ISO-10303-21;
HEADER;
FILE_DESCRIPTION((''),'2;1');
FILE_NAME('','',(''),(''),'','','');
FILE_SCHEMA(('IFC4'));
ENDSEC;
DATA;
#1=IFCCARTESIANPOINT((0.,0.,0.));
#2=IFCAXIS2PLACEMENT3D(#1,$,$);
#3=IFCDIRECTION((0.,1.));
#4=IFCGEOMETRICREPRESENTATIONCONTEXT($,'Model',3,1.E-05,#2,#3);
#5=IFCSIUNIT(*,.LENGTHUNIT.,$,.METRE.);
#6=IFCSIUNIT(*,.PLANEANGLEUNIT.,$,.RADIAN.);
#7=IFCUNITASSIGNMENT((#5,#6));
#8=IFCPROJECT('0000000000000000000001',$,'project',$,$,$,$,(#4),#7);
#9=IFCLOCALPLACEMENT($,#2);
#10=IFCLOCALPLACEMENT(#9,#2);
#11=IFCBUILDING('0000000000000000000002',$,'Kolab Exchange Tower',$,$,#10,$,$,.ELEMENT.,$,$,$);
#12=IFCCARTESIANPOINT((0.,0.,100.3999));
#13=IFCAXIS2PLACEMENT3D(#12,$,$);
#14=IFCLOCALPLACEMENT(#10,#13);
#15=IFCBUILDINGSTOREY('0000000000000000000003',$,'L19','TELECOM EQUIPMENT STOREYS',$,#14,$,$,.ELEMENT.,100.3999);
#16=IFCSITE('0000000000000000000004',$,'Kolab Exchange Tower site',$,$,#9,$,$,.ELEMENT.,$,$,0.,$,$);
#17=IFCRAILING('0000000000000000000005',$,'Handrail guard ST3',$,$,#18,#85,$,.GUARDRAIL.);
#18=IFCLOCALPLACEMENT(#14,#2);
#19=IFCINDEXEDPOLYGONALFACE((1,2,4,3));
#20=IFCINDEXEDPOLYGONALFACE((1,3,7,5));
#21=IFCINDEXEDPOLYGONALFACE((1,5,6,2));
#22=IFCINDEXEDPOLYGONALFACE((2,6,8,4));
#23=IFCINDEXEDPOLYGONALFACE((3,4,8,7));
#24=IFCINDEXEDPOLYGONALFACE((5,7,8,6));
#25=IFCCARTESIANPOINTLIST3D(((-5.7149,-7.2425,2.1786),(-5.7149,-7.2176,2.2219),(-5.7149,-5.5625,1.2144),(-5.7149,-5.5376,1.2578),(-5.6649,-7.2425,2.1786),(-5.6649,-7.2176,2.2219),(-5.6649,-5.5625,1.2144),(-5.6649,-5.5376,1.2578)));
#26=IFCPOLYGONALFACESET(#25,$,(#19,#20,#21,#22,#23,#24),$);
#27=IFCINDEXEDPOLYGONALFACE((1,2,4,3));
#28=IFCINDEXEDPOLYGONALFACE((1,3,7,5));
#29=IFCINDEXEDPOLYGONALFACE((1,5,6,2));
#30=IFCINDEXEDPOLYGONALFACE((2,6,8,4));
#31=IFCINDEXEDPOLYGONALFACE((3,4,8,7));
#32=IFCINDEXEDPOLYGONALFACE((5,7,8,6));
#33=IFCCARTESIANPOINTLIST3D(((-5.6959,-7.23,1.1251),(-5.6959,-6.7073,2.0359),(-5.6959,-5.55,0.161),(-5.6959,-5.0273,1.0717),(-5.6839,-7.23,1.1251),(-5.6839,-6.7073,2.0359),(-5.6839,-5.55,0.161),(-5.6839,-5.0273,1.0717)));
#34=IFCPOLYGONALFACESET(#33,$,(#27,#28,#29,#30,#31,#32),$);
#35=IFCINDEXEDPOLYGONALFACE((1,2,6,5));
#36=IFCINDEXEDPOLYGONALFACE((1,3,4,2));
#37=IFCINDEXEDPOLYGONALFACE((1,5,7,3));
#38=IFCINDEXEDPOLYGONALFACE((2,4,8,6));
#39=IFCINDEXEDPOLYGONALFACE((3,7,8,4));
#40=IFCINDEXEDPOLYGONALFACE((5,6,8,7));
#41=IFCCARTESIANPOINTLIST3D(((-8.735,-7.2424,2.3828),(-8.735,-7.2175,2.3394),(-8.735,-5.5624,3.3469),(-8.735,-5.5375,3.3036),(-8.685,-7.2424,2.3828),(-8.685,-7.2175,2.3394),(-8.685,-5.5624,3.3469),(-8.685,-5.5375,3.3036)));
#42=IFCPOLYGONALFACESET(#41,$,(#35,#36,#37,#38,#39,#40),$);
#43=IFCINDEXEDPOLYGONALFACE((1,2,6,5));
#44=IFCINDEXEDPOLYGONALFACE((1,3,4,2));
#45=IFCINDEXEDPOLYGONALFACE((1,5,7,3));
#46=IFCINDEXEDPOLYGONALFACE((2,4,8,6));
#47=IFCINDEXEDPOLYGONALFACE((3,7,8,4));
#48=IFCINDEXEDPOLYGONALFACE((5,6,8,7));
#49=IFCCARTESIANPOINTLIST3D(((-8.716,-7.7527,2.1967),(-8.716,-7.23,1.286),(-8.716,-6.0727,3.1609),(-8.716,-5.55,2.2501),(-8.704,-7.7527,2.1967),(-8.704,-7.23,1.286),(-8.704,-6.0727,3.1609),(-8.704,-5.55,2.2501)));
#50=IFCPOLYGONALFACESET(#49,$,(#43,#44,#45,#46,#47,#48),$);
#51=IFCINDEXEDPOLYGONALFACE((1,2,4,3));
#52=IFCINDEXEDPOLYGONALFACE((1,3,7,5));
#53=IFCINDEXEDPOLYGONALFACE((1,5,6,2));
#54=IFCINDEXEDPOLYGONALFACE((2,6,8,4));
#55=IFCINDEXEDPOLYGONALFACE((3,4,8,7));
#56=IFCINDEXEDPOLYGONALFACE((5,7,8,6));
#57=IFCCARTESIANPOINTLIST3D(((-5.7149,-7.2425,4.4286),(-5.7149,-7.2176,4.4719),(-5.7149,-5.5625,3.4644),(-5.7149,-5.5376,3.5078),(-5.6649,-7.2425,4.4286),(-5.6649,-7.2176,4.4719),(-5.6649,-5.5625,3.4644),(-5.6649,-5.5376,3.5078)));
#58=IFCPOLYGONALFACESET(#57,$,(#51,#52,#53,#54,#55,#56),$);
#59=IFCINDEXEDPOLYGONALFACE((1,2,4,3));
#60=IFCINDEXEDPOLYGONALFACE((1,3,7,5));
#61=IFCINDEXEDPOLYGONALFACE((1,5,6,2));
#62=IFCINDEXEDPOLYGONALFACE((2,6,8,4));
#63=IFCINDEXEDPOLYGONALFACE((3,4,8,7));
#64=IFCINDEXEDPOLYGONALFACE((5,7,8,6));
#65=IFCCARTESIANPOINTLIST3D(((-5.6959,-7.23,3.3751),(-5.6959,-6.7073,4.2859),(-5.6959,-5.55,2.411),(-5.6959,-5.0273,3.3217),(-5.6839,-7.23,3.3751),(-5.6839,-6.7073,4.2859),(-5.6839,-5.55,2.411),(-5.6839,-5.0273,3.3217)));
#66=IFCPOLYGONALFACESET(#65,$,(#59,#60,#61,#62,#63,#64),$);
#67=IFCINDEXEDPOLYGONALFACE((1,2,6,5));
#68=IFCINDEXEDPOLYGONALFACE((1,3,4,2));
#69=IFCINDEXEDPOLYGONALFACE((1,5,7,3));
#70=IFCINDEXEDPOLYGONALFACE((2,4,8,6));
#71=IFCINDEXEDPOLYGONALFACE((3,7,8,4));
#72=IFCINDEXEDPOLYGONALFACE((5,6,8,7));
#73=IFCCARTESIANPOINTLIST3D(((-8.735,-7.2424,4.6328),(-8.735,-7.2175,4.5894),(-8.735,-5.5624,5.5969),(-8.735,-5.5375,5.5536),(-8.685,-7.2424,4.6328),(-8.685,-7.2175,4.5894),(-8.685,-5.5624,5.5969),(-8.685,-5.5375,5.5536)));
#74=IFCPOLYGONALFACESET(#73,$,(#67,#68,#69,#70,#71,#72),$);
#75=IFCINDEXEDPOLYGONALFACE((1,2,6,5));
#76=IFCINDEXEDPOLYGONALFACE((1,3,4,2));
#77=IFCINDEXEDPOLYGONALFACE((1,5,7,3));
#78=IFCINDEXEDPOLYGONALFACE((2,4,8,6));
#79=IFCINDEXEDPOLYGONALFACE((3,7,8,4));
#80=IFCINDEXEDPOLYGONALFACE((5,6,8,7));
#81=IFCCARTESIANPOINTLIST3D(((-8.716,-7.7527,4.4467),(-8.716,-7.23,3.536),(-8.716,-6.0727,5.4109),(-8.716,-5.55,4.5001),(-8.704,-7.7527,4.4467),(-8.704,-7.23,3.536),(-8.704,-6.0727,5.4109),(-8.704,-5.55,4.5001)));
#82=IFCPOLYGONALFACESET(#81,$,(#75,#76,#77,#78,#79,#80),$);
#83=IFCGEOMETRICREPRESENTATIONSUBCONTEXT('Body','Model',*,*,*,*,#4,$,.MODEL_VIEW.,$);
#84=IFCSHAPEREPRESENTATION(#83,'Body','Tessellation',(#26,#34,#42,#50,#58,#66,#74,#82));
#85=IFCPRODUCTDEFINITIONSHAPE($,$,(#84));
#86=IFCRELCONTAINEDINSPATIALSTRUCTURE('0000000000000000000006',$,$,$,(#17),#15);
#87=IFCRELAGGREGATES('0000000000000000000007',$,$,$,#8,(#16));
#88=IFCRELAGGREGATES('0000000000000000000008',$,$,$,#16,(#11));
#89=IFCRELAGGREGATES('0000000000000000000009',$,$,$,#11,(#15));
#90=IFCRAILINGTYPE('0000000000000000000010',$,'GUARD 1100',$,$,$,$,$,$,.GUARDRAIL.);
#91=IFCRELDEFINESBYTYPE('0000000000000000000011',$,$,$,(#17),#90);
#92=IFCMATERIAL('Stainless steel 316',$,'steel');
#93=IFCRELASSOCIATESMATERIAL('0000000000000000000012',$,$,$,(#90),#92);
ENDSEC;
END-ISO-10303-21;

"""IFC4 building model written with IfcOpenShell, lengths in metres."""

from ifc_helpers import new_model, si_unit, direction, frame, frame_2d, origin, origin_2d, place, context, subcontext, project, spatial, rectangle, extrude, material, type_object, element, save


model = new_model("IFC4")

# Units and contexts
model_context = context("Model", 3, precision=1e-05, world=origin(), true_north=direction((0.0, 1.0)))
body_context = subcontext(model_context, "Body", "Model", "MODEL_VIEW")
ifc_project = project(units=[si_unit("LENGTHUNIT", "METRE"), si_unit("PLANEANGLEUNIT", "RADIAN")], contexts=[model_context])

# Site, building, storey
site_placement = place(None, origin())
site = spatial("IfcSite", under=ifc_project, at=site_placement, Name="Kolab Exchange Tower site", CompositionType="ELEMENT", RefElevation=0.0)
building_placement = place(site_placement, origin())
building = spatial("IfcBuilding", under=site, at=building_placement, Name="Kolab Exchange Tower", CompositionType="ELEMENT")
storey_placement = place(building_placement, frame((0.0, 0.0, 100.3999)))
storey = spatial("IfcBuildingStorey", under=building, at=storey_placement, Name="L19", Description="TELECOM EQUIPMENT STOREYS", CompositionType="ELEMENT", Elevation=100.3999)

# Shared definitions
ifc_material_1 = material(Name="Stainless steel 316", Category="steel")

# Railing
railing_type = type_object("IfcRailingType", Name="GUARD 1100", PredefinedType="GUARDRAIL", material=ifc_material_1)
railing_placement = place(storey_placement, frame((-5.6899, -5.55, 0.1609)))
element("IfcRailing", 1, at=railing_placement, inside=storey, type_object=railing_type, Name="Handrail guard ST3", PredefinedType="GUARDRAIL", context=body_context, shape_type="SweptSolid", body=[
    extrude(rectangle(XDim=0.05, YDim=0.05, at=origin_2d()), frame((0.0, 0.0, 1.0752), z_axis=(0.0, -0.867319, 0.497753), x_axis=(1.0, 0.0, 0.0)), (0.0, 0.0, 1.0), 1.937),
    extrude(rectangle(XDim=0.012, YDim=1.0501, at=frame_2d((0.0, 0.5251))), frame((0.0, 0.0, 0.0), z_axis=(0.0, -0.867319, 0.497753), x_axis=(1.0, 0.0, 0.0)), (0.0, 0.0, 1.0), 1.937),
    extrude(rectangle(XDim=0.05, YDim=0.05, at=origin_2d()), frame((-3.02, -1.6799, 2.2002), z_axis=(0.0, 0.867319, 0.497753), x_axis=(-1.0, 0.0, 0.0)), (0.0, 0.0, 1.0), 1.937),
    extrude(rectangle(XDim=0.012, YDim=1.0501, at=frame_2d((0.0, 0.5251))), frame((-3.02, -1.6799, 1.125), z_axis=(0.0, 0.867319, 0.497753), x_axis=(-1.0, 0.0, 0.0)), (0.0, 0.0, 1.0), 1.937),
    extrude(rectangle(XDim=0.05, YDim=0.05, at=origin_2d()), frame((0.0, 0.0, 3.3252), z_axis=(0.0, -0.867319, 0.497753), x_axis=(1.0, 0.0, 0.0)), (0.0, 0.0, 1.0), 1.937),
    extrude(rectangle(XDim=0.012, YDim=1.0501, at=frame_2d((0.0, 0.5251))), frame((0.0, 0.0, 2.25), z_axis=(0.0, -0.867319, 0.497753), x_axis=(1.0, 0.0, 0.0)), (0.0, 0.0, 1.0), 1.937),
    extrude(rectangle(XDim=0.05, YDim=0.05, at=origin_2d()), frame((-3.02, -1.6799, 4.4502), z_axis=(0.0, 0.867319, 0.497753), x_axis=(-1.0, 0.0, 0.0)), (0.0, 0.0, 1.0), 1.937),
    extrude(rectangle(XDim=0.012, YDim=1.0501, at=frame_2d((0.0, 0.5251))), frame((-3.02, -1.6799, 3.375), z_axis=(0.0, 0.867319, 0.497753), x_axis=(-1.0, 0.0, 0.0)), (0.0, 0.0, 1.0), 1.937),
])

save(model, "model.ifc")
